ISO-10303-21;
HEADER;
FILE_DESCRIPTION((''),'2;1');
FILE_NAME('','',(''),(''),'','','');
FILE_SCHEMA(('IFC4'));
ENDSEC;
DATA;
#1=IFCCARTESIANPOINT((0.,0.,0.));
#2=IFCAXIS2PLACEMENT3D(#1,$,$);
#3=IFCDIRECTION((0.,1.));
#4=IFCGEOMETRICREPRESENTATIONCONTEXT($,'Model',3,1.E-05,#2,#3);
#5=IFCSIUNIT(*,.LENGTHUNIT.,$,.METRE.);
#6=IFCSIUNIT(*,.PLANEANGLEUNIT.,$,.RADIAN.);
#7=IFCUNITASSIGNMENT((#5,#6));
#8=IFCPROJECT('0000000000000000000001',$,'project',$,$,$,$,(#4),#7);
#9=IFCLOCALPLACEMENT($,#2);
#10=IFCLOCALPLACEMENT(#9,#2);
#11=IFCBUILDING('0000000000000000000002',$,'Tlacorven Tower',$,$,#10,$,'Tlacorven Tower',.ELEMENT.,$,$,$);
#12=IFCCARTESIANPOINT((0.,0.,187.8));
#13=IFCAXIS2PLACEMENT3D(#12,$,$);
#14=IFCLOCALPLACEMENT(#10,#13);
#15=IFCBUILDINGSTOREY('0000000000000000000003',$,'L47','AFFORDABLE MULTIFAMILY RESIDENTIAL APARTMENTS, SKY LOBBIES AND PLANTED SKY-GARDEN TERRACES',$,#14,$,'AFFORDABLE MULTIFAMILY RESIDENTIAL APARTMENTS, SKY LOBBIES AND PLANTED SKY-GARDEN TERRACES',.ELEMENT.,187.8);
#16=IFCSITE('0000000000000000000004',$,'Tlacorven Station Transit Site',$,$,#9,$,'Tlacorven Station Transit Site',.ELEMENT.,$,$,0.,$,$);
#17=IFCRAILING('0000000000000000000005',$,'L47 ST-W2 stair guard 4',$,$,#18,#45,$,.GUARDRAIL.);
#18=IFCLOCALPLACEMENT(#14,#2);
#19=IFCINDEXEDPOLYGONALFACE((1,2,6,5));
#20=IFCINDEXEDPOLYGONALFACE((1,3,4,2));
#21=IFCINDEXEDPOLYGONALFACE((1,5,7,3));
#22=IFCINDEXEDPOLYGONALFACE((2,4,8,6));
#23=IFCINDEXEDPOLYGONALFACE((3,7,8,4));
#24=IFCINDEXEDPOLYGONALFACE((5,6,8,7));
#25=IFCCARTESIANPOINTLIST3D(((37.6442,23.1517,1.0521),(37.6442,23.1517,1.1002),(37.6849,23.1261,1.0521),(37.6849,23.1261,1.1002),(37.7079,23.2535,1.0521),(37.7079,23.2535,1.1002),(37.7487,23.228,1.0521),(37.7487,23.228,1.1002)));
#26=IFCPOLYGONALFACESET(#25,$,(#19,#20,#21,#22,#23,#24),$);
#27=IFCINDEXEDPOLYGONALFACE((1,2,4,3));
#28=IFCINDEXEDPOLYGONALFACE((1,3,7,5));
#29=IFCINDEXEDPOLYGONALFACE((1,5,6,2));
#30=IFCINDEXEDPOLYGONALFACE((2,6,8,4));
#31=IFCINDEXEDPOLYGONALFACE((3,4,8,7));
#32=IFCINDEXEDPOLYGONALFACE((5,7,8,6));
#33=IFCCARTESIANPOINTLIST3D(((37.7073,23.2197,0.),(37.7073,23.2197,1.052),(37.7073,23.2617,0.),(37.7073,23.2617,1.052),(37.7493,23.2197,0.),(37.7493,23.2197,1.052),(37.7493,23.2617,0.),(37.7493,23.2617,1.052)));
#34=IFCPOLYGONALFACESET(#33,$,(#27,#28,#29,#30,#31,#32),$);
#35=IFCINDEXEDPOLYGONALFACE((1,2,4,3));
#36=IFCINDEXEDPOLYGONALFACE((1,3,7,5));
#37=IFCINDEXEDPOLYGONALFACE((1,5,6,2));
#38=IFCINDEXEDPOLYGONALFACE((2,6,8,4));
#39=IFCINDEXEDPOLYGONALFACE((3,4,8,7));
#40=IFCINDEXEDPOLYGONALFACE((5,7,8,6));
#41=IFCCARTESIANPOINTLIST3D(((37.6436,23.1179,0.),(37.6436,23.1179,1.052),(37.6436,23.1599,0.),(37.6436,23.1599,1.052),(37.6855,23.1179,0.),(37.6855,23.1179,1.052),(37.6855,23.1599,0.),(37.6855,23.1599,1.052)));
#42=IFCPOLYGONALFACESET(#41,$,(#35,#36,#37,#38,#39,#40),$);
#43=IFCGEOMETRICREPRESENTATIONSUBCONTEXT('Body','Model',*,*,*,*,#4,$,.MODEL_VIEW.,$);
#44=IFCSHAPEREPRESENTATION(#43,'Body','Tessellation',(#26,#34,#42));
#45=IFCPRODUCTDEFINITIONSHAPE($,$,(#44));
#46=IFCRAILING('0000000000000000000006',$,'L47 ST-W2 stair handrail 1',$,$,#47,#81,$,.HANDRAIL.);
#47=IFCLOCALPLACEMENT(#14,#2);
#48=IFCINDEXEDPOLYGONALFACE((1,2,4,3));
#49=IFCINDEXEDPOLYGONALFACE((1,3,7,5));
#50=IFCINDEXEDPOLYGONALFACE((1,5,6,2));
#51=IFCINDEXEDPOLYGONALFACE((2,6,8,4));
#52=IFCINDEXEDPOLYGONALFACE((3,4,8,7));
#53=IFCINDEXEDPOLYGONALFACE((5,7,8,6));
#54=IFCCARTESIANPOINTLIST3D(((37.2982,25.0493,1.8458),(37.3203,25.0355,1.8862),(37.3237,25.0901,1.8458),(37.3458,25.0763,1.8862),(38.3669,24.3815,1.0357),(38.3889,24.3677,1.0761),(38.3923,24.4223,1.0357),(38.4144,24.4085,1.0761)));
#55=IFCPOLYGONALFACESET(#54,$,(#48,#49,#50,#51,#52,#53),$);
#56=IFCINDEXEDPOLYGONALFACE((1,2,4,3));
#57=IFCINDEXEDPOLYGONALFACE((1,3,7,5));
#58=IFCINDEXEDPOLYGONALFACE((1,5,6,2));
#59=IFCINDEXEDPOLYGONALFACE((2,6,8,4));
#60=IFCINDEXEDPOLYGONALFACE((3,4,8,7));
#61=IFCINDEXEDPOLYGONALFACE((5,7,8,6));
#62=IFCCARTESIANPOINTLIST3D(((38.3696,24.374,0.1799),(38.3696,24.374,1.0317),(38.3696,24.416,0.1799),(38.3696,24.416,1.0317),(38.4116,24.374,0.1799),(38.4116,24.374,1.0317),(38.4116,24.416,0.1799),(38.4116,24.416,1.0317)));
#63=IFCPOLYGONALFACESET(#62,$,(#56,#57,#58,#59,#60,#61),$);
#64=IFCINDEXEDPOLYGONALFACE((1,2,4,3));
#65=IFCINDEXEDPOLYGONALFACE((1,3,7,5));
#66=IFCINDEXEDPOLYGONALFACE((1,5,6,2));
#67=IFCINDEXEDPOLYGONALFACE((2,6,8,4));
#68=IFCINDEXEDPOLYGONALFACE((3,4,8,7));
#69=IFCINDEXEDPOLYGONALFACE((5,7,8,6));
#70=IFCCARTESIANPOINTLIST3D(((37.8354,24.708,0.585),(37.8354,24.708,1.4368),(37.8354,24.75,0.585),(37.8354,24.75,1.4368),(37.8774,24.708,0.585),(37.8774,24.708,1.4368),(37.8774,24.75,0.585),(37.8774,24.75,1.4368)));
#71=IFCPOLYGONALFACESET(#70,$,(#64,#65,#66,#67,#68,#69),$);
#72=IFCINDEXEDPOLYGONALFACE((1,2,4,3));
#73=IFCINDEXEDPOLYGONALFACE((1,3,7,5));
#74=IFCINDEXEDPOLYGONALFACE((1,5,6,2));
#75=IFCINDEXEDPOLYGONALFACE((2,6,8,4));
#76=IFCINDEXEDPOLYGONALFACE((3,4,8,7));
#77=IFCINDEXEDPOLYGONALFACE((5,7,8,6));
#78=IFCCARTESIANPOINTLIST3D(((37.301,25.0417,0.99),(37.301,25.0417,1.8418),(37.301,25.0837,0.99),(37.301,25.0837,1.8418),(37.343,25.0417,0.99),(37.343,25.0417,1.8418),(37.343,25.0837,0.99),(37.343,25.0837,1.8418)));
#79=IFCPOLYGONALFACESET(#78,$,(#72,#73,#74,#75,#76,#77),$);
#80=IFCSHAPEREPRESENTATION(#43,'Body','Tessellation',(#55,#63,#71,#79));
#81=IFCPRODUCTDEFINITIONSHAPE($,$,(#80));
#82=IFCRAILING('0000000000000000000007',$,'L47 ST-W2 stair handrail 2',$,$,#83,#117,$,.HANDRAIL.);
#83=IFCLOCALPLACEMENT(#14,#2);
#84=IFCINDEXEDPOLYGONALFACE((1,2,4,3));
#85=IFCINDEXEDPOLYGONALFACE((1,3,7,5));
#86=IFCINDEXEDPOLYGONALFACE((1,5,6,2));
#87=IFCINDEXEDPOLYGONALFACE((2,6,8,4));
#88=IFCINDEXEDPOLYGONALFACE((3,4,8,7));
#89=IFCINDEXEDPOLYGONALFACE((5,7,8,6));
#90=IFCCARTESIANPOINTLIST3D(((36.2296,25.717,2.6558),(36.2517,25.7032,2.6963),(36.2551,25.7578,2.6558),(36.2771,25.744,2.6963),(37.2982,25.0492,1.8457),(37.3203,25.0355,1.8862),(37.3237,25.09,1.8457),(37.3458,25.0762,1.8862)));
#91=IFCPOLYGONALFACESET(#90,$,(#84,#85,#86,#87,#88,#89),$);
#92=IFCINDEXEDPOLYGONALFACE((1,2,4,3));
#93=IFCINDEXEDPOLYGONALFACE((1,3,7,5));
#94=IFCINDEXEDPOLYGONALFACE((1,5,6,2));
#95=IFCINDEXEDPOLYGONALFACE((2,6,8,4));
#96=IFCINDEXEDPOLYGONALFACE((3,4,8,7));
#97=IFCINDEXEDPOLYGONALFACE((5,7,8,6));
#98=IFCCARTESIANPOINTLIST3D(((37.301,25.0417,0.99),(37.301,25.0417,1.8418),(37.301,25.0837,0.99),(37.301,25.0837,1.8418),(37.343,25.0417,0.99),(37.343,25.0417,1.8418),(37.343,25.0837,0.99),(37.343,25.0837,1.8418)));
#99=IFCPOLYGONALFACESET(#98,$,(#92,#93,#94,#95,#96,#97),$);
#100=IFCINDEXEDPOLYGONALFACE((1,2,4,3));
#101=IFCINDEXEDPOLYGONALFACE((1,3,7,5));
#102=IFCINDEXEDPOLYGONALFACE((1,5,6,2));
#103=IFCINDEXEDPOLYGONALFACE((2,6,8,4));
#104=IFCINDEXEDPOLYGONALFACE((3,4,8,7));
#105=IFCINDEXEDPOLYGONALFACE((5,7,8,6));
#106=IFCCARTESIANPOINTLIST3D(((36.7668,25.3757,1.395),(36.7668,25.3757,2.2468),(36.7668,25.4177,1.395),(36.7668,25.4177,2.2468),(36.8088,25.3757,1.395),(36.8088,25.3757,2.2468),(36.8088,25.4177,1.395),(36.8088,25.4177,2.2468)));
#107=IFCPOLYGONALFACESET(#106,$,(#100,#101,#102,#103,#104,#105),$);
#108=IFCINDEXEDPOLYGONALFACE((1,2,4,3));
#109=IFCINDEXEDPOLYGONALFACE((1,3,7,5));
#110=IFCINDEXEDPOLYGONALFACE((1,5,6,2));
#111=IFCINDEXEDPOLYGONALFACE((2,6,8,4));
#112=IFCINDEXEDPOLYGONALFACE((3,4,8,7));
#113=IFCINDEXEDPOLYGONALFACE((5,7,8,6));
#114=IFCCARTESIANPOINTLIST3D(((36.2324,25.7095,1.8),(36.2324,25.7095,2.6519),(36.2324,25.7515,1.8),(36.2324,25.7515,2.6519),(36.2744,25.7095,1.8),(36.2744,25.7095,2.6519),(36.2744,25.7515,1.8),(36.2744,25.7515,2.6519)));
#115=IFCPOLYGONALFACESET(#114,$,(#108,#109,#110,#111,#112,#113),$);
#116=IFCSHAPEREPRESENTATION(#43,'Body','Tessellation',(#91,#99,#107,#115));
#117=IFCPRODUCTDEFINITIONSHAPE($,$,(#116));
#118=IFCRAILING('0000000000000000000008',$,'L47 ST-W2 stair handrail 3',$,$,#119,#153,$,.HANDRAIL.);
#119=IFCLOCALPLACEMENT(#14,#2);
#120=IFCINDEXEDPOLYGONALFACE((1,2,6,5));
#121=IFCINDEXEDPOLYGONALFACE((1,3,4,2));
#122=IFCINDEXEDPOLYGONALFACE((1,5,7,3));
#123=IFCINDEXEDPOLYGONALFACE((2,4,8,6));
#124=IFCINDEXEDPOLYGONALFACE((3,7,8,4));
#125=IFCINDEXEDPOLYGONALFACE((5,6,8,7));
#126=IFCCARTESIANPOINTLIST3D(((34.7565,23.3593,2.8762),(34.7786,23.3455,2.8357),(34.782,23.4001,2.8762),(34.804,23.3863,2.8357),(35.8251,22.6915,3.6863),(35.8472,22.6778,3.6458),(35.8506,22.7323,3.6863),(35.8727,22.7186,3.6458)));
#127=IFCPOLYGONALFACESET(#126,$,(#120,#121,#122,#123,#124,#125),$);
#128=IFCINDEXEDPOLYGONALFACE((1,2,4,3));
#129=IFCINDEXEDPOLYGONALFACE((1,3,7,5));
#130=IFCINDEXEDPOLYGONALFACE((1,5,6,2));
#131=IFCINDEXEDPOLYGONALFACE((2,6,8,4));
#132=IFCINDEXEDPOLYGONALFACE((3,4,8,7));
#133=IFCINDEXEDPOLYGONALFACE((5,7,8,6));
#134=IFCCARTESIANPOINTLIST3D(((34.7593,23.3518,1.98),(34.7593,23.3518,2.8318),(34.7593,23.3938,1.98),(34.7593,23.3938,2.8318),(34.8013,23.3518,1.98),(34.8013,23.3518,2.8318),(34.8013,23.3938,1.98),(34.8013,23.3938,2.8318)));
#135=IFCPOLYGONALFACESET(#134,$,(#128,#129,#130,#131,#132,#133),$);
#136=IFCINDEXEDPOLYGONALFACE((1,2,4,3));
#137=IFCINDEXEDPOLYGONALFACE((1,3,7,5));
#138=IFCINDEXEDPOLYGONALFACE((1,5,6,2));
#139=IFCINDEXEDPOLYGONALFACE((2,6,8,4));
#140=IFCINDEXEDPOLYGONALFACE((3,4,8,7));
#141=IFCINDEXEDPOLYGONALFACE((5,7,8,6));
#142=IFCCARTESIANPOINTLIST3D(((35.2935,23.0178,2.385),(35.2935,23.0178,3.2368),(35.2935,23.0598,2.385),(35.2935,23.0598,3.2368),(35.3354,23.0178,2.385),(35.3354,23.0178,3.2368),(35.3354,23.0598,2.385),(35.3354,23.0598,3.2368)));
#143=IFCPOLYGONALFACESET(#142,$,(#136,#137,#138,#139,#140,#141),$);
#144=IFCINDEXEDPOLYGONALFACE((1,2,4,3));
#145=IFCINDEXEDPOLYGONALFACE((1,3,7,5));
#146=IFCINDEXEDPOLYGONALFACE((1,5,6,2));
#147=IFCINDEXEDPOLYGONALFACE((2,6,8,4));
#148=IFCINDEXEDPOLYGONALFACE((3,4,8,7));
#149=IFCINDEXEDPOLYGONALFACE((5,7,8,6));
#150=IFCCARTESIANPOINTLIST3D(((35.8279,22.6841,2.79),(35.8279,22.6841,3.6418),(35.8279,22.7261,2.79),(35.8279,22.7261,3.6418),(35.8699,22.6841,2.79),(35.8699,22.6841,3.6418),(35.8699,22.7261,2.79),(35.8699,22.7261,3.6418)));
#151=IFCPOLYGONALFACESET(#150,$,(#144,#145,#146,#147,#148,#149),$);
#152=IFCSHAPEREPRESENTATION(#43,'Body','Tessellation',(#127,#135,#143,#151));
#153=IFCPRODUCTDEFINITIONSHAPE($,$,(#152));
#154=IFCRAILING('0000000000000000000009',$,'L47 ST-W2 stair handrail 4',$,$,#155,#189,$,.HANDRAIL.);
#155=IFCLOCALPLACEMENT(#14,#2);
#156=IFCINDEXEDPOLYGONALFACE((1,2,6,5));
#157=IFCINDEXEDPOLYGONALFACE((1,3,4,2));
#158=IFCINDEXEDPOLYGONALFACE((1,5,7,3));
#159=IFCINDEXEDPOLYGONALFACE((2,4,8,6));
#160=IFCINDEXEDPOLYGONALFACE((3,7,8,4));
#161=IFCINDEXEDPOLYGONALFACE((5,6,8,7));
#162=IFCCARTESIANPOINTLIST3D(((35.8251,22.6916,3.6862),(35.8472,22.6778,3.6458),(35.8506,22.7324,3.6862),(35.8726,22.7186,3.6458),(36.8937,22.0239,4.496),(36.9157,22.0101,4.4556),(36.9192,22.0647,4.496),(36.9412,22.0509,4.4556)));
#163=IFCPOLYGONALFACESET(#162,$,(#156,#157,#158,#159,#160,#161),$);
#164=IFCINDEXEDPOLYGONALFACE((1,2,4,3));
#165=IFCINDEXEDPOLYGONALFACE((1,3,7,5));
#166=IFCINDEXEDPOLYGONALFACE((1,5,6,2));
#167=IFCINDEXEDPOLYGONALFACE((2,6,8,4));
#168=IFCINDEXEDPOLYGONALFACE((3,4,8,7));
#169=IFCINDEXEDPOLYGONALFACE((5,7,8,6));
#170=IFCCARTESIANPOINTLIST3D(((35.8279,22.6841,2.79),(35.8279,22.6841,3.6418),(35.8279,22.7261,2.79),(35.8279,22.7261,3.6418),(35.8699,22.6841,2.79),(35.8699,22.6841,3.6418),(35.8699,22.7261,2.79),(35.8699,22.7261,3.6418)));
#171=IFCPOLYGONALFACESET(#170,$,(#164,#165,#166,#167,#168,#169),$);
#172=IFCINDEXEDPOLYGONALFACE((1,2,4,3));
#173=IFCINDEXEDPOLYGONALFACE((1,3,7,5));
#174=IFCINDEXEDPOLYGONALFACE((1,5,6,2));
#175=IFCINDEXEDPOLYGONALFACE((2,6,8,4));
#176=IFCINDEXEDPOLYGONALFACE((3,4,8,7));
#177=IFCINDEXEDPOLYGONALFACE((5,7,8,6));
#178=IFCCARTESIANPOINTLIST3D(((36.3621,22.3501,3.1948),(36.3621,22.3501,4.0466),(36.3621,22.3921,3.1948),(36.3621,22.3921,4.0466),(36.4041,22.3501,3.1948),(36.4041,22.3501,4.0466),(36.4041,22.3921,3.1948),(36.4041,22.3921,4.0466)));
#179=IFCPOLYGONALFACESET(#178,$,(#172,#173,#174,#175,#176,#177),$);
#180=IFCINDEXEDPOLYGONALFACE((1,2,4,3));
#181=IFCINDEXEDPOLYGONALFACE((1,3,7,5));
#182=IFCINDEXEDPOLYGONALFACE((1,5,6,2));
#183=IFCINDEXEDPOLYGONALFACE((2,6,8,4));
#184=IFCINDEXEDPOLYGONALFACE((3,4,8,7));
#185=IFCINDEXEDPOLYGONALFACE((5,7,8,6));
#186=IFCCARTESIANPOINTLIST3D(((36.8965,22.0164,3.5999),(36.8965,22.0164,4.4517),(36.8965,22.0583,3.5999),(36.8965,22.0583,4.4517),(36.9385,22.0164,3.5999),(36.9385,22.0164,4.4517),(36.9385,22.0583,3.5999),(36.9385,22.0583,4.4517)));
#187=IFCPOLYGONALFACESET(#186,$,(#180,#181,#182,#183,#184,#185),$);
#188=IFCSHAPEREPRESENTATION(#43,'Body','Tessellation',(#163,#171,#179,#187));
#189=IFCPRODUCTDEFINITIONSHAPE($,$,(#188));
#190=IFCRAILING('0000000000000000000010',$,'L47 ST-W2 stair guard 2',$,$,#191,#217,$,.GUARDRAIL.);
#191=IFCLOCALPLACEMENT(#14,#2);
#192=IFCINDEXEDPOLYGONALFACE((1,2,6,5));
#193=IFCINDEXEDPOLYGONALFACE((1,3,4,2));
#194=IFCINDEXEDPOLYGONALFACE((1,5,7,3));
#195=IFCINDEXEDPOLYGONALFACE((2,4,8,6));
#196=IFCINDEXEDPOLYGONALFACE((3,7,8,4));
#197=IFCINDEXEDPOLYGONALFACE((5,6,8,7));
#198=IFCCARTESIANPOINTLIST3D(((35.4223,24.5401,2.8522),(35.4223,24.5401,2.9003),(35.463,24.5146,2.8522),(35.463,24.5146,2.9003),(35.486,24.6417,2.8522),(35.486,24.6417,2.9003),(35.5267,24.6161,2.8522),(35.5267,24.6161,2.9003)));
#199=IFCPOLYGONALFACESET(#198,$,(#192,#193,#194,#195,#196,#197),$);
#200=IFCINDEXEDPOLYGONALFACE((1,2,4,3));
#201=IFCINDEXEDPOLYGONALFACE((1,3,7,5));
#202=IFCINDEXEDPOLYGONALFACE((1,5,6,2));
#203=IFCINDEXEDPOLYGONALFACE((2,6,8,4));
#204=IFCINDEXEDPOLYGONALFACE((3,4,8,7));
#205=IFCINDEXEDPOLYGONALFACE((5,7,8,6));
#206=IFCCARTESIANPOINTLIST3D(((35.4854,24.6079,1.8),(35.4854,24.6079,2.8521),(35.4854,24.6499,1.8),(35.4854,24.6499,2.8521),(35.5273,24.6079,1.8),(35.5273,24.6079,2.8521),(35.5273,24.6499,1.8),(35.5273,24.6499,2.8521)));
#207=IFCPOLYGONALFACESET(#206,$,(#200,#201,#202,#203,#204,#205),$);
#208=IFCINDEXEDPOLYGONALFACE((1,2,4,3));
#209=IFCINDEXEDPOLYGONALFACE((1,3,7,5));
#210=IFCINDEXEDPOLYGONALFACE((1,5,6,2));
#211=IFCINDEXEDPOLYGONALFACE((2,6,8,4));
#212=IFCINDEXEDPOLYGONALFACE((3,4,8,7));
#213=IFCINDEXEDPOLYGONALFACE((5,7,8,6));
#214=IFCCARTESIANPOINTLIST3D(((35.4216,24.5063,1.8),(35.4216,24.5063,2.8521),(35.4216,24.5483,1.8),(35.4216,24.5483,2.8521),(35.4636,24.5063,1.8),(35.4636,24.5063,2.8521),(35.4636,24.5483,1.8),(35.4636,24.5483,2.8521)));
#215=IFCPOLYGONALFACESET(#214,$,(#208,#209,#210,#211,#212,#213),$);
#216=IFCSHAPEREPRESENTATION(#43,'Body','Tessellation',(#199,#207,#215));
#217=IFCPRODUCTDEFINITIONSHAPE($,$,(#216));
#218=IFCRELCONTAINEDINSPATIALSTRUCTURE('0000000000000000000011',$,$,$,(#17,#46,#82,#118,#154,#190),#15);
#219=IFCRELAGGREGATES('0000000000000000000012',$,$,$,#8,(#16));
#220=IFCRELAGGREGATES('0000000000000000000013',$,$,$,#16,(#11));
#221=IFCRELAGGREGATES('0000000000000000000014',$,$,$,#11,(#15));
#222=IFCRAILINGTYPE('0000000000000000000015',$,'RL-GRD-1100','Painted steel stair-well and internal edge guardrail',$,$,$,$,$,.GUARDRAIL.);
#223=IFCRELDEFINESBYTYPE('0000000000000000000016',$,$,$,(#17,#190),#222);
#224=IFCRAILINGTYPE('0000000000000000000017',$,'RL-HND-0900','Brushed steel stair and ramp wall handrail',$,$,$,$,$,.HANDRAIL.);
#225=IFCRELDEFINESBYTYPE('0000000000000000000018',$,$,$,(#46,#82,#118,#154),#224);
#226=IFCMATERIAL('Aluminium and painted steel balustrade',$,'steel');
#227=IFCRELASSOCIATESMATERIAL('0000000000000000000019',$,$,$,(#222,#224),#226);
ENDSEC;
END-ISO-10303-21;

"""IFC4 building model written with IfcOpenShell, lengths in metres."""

from ifc_helpers import new_model, si_unit, direction, frame, origin, origin_2d, place, context, subcontext, project, spatial, rectangle, extrude, source, transform, mapped, material, type_object, element, save


model = new_model("IFC4")

# Units and contexts
model_context = context("Model", 3, precision=1e-05, world=origin(), true_north=direction((0.0, 1.0)))
body_context = subcontext(model_context, "Body", "Model", "MODEL_VIEW")
ifc_project = project(units=[si_unit("LENGTHUNIT", "METRE"), si_unit("PLANEANGLEUNIT", "RADIAN")], contexts=[model_context])

# Site, building, storey
site_placement = place(None, origin())
site = spatial("IfcSite", under=ifc_project, at=site_placement, Name="Tlacorven Station Transit Site", LongName="Tlacorven Station Transit Site", CompositionType="ELEMENT", RefElevation=0.0)
building_placement = place(site_placement, origin())
building = spatial("IfcBuilding", under=site, at=building_placement, Name="Tlacorven Tower", LongName="Tlacorven Tower", CompositionType="ELEMENT")
storey_placement = place(building_placement, frame((0.0, 0.0, 187.8)))
storey = spatial("IfcBuildingStorey", under=building, at=storey_placement, Name="L47", Description="AFFORDABLE MULTIFAMILY RESIDENTIAL APARTMENTS, SKY LOBBIES AND PLANTED SKY-GARDEN TERRACES", LongName="AFFORDABLE MULTIFAMILY RESIDENTIAL APARTMENTS, SKY LOBBIES AND PLANTED SKY-GARDEN TERRACES", CompositionType="ELEMENT", Elevation=187.8)

# Railings
ifc_material_1 = material(Name="Aluminium and painted steel balustrade", Category="steel")
railing_type_1 = type_object("IfcRailingType", Name="RL-GRD-1100", Description="Painted steel stair-well and internal edge guardrail", PredefinedType="GUARDRAIL", material=ifc_material_1)
shared_shape_1 = source(origin(), body_context, "Body", "SweptSolid", [
    extrude(rectangle(XDim=0.0481, YDim=0.0481, at=origin_2d()), frame((0.0, 0.0, 1.0762), z_axis=(-0.530547, -0.847656, 0.0), x_axis=(0.847656, -0.530547, 0.0)), (0.0, 0.0, 1.0), 0.1201),
    extrude(rectangle(XDim=0.042, YDim=0.042, at=origin_2d()), origin(), (0.0, 0.0, 1.0), 1.052),
    extrude(rectangle(XDim=0.042, YDim=0.042, at=origin_2d()), frame((-0.0637, -0.1018, 0.0)), (0.0, 0.0, 1.0), 1.052),
])
railing_1_placement = place(storey_placement, frame((37.7283, 23.2407, 0.0)))
element("IfcRailing", 1, at=railing_1_placement, inside=storey, type_object=railing_type_1, Name="L47 ST-W2 stair guard 4", PredefinedType="GUARDRAIL", context=body_context, shape_type="MappedRepresentation", body=[
    mapped(shared_shape_1, transform((0.0, 0.0, 0.0), scale=1.0)),
])
railing_type_2 = type_object("IfcRailingType", Name="RL-HND-0900", Description="Brushed steel stair and ramp wall handrail", PredefinedType="HANDRAIL", material=ifc_material_1)
shared_shape_2 = source(origin(), body_context, "Body", "SweptSolid", [
    extrude(rectangle(XDim=0.0481, YDim=0.0481, at=origin_2d()), frame((0.0, 0.0, 0.876), z_axis=(-0.71336, 0.445748, 0.540765), x_axis=(-0.529912, -0.848053, 0.0)), (0.0, 0.0, 1.0), 1.498),
    extrude(rectangle(XDim=0.042, YDim=0.042, at=origin_2d()), origin(), (0.0, 0.0, 1.0), 0.8518),
    extrude(rectangle(XDim=0.042, YDim=0.042, at=origin_2d()), frame((-0.5342, 0.334, 0.405)), (0.0, 0.0, 1.0), 0.8518),
    extrude(rectangle(XDim=0.042, YDim=0.042, at=origin_2d()), frame((-1.0686, 0.6677, 0.8101)), (0.0, 0.0, 1.0), 0.8518),
])
for number, where, name in (
    (2, (38.3906, 24.395, 0.1799), "L47 ST-W2 stair handrail 1"),
    (3, (37.322, 25.0627, 0.99), "L47 ST-W2 stair handrail 2"),
):
    element("IfcRailing", number, at=place(storey_placement, frame(where)), inside=storey, type_object=railing_type_2, Name=name, PredefinedType="HANDRAIL", context=body_context, shape_type="MappedRepresentation", body=[
        mapped(shared_shape_2, transform((0.0, 0.0, 0.0), scale=1.0)),
    ])
shared_shape_3 = source(origin(), body_context, "Body", "SweptSolid", [
    extrude(rectangle(XDim=0.0481, YDim=0.0481, at=origin_2d()), frame((0.0, 0.0, 0.876), z_axis=(0.71336, -0.445748, 0.540765), x_axis=(0.529912, 0.848053, 0.0)), (0.0, 0.0, 1.0), 1.498),
    extrude(rectangle(XDim=0.042, YDim=0.042, at=origin_2d()), origin(), (0.0, 0.0, 1.0), 0.8518),
    extrude(rectangle(XDim=0.042, YDim=0.042, at=origin_2d()), frame((0.5342, -0.334, 0.405)), (0.0, 0.0, 1.0), 0.8518),
    extrude(rectangle(XDim=0.042, YDim=0.042, at=origin_2d()), frame((1.0686, -0.6677, 0.8101)), (0.0, 0.0, 1.0), 0.8518),
])
railing_2_placement = place(storey_placement, frame((34.7803, 23.3728, 1.98)))
element("IfcRailing", 4, at=railing_2_placement, inside=storey, type_object=railing_type_2, Name="L47 ST-W2 stair handrail 3", PredefinedType="HANDRAIL", context=body_context, shape_type="MappedRepresentation", body=[
    mapped(shared_shape_3, transform((0.0, 0.0, 0.0), scale=1.0)),
])
shared_shape_4 = source(origin(), body_context, "Body", "SweptSolid", [
    extrude(rectangle(XDim=0.0481, YDim=0.0481, at=origin_2d()), frame((0.0, 0.0, 0.876), z_axis=(0.713423, -0.445787, 0.540649), x_axis=(0.529912, 0.848053, 0.0)), (0.0, 0.0, 1.0), 1.4978),
    extrude(rectangle(XDim=0.042, YDim=0.042, at=origin_2d()), origin(), (0.0, 0.0, 1.0), 0.8518),
    extrude(rectangle(XDim=0.042, YDim=0.042, at=origin_2d()), frame((0.5342, -0.334, 0.4048)), (0.0, 0.0, 1.0), 0.8518),
    extrude(rectangle(XDim=0.042, YDim=0.042, at=origin_2d()), frame((1.0686, -0.6677, 0.8098)), (0.0, 0.0, 1.0), 0.8518),
])
railing_3_placement = place(storey_placement, frame((35.8489, 22.7051, 2.79)))
element("IfcRailing", 5, at=railing_3_placement, inside=storey, type_object=railing_type_2, Name="L47 ST-W2 stair handrail 4", PredefinedType="HANDRAIL", context=body_context, shape_type="MappedRepresentation", body=[
    mapped(shared_shape_4, transform((0.0, 0.0, 0.0), scale=1.0)),
])
shared_shape_5 = source(origin(), body_context, "Body", "SweptSolid", [
    extrude(rectangle(XDim=0.0481, YDim=0.0481, at=origin_2d()), frame((0.0, 0.0, 1.0762), z_axis=(-0.531462, -0.847082, 0.0), x_axis=(0.847082, -0.531462, 0.0)), (0.0, 0.0, 1.0), 0.1199),
    extrude(rectangle(XDim=0.042, YDim=0.042, at=origin_2d()), origin(), (0.0, 0.0, 1.0), 1.052),
    extrude(rectangle(XDim=0.042, YDim=0.042, at=origin_2d()), frame((-0.0637, -0.1016, 0.0)), (0.0, 0.0, 1.0), 1.052),
])
railing_4_placement = place(storey_placement, frame((35.5063, 24.6289, 1.8)))
element("IfcRailing", 6, at=railing_4_placement, inside=storey, type_object=railing_type_1, Name="L47 ST-W2 stair guard 2", PredefinedType="GUARDRAIL", context=body_context, shape_type="MappedRepresentation", body=[
    mapped(shared_shape_5, transform((0.0, 0.0, 0.0), scale=1.0)),
])

save(model, "model.ifc")
